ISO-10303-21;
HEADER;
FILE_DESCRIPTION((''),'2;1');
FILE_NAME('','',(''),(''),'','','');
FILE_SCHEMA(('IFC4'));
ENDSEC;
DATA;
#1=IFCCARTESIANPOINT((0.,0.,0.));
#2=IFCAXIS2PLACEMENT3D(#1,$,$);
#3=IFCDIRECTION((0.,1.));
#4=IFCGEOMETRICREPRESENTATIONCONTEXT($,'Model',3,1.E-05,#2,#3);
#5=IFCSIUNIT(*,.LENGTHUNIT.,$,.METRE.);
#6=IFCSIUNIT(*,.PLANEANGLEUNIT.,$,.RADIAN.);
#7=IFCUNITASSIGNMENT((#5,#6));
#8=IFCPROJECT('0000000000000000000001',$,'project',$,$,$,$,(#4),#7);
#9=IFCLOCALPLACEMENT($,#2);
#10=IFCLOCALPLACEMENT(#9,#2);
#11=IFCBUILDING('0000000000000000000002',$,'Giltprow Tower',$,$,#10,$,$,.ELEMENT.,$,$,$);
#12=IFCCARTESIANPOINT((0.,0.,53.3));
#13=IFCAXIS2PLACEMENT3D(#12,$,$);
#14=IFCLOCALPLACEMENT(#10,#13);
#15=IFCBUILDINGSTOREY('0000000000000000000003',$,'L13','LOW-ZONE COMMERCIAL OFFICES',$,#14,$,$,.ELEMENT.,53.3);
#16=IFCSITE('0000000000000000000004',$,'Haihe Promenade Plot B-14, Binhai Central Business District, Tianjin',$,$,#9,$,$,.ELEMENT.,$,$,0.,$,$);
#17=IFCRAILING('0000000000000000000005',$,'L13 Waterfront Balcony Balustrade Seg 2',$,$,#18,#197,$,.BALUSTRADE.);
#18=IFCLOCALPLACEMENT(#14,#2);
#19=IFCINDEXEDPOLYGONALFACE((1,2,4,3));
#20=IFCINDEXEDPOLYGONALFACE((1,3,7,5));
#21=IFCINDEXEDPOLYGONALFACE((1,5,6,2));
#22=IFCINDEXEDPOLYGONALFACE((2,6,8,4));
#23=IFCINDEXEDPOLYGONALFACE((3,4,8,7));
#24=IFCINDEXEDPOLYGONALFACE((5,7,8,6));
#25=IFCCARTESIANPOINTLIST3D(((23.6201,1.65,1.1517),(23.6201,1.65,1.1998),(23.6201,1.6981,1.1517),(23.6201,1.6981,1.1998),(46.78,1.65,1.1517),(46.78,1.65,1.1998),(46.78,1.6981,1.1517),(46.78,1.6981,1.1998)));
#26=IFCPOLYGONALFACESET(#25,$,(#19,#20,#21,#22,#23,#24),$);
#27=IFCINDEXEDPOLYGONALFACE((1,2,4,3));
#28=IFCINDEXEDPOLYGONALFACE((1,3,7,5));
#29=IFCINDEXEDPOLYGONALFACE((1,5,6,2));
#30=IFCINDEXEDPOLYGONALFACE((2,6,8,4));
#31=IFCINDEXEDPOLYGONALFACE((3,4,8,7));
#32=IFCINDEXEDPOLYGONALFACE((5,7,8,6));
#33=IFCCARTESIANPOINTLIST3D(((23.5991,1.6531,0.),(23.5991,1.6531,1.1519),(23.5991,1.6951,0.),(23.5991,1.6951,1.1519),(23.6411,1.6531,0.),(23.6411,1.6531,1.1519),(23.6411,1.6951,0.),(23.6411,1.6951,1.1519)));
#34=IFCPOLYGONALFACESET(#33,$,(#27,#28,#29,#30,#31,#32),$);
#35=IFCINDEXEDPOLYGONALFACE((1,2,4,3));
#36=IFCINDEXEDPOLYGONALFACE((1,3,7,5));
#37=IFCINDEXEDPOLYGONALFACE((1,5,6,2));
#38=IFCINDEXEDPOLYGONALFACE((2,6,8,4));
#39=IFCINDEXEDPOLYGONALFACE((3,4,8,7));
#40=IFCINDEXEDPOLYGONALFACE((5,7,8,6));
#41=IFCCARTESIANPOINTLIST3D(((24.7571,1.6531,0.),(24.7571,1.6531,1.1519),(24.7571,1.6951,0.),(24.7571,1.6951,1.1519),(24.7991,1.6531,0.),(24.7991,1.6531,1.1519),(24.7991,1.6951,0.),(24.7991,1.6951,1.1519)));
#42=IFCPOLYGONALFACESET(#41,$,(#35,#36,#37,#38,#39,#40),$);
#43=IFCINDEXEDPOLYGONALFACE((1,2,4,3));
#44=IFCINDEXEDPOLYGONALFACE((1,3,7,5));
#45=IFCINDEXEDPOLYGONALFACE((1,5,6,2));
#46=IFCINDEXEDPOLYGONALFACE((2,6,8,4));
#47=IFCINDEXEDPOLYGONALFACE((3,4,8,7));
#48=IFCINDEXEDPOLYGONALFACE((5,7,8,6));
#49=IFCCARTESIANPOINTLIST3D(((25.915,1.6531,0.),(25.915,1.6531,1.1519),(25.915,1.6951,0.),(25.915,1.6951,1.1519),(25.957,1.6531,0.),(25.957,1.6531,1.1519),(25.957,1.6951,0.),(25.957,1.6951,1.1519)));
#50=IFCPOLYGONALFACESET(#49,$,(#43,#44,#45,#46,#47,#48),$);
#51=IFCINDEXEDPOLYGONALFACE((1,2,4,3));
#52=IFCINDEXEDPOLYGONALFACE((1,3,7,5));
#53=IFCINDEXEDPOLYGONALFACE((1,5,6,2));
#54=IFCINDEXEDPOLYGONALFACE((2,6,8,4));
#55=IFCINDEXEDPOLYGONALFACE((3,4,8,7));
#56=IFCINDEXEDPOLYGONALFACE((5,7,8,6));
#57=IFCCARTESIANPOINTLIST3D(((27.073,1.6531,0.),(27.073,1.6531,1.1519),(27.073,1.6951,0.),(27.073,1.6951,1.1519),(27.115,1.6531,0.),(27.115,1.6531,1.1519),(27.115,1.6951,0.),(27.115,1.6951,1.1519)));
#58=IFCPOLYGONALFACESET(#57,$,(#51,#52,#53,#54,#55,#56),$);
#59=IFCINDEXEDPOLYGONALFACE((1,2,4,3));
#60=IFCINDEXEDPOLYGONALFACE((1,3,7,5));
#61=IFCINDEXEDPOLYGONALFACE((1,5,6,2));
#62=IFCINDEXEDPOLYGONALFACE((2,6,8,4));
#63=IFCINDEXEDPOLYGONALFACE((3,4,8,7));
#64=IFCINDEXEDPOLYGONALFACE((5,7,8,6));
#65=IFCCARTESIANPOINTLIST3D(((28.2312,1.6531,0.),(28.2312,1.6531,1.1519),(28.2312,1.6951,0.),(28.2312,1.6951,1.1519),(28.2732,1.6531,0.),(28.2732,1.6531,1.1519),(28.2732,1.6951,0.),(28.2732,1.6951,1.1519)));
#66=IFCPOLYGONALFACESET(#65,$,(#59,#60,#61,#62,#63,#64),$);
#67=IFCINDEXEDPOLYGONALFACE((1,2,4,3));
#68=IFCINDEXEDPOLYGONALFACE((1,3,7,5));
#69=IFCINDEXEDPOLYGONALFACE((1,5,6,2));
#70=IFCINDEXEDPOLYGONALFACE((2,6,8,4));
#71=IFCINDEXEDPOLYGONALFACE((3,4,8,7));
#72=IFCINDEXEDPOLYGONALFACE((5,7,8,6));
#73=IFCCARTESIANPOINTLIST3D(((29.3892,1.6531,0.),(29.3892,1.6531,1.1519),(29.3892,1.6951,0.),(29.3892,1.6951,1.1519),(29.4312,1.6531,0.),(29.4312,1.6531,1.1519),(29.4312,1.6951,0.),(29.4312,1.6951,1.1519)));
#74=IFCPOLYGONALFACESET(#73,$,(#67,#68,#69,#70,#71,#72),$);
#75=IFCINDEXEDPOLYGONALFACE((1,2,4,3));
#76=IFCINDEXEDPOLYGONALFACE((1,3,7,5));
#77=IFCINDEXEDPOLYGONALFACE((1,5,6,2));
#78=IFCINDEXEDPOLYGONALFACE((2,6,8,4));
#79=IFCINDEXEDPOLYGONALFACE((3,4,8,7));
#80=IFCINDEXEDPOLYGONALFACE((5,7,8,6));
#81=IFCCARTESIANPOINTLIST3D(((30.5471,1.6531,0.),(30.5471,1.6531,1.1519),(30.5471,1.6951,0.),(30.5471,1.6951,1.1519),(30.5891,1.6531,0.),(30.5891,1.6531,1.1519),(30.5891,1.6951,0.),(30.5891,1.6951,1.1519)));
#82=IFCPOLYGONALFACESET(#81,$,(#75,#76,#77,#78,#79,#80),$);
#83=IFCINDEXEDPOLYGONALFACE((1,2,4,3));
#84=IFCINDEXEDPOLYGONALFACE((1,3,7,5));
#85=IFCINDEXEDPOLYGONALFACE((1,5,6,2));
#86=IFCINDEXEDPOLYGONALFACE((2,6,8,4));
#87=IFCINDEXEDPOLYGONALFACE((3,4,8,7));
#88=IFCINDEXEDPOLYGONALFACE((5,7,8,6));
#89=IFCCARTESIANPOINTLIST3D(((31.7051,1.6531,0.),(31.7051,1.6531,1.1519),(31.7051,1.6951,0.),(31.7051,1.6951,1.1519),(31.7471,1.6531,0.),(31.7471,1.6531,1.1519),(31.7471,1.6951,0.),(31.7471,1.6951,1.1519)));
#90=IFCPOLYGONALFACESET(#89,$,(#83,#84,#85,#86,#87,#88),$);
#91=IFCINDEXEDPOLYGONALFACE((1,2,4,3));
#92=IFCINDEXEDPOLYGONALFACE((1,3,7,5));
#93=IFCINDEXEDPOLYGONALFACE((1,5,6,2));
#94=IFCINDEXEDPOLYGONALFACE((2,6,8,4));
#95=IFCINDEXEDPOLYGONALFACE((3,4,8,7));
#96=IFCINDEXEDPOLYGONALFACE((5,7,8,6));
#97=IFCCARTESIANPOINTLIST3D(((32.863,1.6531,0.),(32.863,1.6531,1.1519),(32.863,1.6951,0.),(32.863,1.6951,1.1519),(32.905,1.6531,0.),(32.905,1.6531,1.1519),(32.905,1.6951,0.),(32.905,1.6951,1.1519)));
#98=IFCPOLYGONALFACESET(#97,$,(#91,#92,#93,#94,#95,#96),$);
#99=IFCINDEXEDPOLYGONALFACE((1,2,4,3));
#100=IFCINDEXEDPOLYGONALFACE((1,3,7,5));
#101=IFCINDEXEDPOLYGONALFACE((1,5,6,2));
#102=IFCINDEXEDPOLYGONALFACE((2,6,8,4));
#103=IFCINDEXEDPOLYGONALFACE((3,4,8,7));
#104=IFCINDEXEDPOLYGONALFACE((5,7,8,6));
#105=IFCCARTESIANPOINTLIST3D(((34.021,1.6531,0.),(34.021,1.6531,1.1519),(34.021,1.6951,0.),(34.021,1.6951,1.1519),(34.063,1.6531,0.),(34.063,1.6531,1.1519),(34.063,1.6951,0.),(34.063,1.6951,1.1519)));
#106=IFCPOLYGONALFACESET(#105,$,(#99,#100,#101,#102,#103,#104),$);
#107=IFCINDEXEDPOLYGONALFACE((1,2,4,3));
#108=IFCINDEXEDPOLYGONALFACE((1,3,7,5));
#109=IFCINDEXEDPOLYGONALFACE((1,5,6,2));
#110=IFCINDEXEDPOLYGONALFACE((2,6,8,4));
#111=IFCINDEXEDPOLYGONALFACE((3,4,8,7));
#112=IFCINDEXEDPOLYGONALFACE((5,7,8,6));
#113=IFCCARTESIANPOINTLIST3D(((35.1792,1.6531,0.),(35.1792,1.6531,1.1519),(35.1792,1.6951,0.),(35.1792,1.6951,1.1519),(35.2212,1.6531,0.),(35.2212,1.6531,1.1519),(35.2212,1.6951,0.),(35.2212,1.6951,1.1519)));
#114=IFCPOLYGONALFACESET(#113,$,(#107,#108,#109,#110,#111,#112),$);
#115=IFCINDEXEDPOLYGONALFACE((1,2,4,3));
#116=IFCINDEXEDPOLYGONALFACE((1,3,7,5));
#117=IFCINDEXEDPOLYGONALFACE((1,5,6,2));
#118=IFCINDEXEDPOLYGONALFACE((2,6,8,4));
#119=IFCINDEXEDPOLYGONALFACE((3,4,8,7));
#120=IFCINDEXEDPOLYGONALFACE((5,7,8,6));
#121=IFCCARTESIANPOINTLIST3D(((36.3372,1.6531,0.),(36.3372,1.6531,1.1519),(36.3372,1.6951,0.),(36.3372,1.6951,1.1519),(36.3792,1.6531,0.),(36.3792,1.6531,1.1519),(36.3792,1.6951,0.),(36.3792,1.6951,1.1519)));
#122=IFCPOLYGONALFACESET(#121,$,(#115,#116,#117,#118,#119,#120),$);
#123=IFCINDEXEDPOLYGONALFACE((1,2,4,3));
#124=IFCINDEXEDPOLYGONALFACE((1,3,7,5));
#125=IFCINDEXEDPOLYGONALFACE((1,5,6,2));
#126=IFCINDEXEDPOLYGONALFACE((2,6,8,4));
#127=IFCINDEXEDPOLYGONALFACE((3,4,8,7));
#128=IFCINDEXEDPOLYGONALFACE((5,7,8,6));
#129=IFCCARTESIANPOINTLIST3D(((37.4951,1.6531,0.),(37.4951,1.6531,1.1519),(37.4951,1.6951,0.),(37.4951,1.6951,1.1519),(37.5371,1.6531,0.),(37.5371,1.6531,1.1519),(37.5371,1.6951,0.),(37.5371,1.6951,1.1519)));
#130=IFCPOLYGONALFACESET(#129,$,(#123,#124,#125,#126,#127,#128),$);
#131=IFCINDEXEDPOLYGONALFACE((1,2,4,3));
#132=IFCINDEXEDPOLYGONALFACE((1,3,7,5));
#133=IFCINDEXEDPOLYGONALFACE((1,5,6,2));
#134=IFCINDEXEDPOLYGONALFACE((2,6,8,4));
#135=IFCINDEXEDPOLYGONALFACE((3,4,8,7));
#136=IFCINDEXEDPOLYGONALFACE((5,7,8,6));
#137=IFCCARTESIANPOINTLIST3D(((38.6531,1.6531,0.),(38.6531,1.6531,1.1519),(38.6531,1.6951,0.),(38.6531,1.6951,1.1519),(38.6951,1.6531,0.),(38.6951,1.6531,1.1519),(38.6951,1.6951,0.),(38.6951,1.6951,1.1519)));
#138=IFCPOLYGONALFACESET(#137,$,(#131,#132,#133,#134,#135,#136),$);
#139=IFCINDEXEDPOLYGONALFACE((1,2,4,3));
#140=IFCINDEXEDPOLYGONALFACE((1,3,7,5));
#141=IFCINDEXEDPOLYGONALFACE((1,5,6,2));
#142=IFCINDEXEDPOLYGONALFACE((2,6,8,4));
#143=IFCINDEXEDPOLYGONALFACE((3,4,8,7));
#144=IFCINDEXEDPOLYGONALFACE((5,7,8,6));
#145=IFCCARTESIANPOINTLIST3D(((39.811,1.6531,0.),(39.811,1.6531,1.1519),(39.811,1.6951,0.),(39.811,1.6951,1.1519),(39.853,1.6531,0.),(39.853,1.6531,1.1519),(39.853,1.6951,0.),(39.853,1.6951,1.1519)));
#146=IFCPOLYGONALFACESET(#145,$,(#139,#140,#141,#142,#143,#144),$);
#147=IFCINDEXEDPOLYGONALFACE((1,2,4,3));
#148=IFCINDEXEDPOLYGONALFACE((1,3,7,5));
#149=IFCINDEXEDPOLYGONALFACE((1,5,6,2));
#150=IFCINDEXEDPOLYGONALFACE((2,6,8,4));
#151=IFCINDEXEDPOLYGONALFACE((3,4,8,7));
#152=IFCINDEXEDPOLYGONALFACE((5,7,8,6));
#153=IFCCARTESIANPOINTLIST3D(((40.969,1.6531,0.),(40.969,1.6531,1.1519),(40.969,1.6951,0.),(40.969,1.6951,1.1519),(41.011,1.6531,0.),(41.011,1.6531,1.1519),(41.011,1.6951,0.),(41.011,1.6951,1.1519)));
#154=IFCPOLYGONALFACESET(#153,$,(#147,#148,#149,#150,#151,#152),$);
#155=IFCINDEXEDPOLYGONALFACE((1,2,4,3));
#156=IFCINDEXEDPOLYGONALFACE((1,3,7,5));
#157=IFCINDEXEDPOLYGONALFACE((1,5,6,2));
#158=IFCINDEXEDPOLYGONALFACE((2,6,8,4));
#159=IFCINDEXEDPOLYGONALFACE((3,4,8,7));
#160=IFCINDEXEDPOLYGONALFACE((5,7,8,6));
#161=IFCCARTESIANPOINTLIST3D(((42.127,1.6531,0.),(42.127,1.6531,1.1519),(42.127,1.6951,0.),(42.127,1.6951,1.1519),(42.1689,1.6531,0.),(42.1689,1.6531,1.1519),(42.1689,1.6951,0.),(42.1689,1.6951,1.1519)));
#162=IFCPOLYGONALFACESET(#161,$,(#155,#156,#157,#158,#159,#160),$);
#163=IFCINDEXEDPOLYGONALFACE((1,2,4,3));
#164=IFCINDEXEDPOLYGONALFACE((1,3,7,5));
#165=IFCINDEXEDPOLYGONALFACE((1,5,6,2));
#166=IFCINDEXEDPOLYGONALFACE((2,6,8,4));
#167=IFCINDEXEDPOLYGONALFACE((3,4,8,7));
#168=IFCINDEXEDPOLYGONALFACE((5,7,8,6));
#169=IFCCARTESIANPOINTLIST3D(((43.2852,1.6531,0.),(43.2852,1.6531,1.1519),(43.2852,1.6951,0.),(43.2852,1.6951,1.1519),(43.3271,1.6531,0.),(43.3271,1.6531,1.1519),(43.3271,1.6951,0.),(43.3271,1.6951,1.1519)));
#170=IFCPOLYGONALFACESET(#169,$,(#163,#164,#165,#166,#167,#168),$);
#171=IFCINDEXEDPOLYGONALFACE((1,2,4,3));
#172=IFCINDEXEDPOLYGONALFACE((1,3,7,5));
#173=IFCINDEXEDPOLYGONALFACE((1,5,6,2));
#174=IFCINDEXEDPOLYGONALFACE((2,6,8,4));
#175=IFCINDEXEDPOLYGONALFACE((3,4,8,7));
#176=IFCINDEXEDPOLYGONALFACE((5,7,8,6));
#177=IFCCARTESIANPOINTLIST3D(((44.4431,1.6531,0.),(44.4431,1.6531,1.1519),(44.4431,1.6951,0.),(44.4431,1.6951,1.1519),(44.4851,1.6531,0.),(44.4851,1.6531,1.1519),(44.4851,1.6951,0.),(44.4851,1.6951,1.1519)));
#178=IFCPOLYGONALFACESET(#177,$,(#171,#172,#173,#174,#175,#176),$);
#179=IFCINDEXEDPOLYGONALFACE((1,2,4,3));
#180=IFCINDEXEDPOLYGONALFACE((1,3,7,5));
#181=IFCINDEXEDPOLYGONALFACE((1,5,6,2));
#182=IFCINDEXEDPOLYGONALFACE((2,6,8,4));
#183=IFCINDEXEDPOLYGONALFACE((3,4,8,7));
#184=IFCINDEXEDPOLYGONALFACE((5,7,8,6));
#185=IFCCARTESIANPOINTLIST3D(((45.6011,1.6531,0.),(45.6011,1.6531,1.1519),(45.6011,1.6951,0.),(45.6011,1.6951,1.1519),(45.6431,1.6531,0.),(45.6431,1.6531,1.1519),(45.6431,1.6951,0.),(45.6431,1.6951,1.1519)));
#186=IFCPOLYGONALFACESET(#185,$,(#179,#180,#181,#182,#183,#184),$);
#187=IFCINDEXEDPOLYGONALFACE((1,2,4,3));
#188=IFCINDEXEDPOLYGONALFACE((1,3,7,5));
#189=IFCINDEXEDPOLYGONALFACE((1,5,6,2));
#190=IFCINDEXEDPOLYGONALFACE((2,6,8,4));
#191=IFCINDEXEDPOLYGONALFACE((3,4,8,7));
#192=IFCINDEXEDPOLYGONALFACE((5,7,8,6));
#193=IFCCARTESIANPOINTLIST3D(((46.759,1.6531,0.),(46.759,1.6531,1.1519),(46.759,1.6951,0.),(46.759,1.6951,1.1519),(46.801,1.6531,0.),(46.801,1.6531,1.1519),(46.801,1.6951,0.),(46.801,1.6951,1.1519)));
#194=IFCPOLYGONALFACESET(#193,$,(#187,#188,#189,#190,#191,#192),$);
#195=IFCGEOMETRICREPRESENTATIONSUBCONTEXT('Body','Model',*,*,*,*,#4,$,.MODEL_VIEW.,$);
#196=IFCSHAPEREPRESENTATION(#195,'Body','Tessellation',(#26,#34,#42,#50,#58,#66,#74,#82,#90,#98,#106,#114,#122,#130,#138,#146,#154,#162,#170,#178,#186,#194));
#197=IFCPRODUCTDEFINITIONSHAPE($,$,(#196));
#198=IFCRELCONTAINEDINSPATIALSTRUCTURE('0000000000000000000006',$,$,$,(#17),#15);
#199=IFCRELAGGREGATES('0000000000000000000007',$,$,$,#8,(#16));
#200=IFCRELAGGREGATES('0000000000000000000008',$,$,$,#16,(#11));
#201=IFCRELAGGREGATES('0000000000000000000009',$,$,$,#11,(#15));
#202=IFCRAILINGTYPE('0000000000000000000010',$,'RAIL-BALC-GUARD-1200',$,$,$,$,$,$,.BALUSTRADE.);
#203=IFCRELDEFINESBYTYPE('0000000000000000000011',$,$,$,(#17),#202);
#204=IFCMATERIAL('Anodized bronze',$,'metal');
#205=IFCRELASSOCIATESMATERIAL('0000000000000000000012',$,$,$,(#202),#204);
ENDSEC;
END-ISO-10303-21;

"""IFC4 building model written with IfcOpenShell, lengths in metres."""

from ifc_helpers import new_model, si_unit, direction, frame, origin, origin_2d, place, context, subcontext, project, spatial, rectangle, extrude, material, type_object, element, save


model = new_model("IFC4")

# Units and contexts
model_context = context("Model", 3, precision=1e-05, world=origin(), true_north=direction((0.0, 1.0)))
body_context = subcontext(model_context, "Body", "Model", "MODEL_VIEW")
ifc_project = project(units=[si_unit("LENGTHUNIT", "METRE"), si_unit("PLANEANGLEUNIT", "RADIAN")], contexts=[model_context])

# Site, building, storey
site_placement = place(None, origin())
site = spatial("IfcSite", under=ifc_project, at=site_placement, Name="Haihe Promenade Plot B-14, Binhai Central Business District, Tianjin", CompositionType="ELEMENT", RefElevation=0.0)
building_placement = place(site_placement, origin())
building = spatial("IfcBuilding", under=site, at=building_placement, Name="Giltprow Tower", CompositionType="ELEMENT")
storey_placement = place(building_placement, frame((0.0, 0.0, 53.3)))
storey = spatial("IfcBuildingStorey", under=building, at=storey_placement, Name="L13", Description="LOW-ZONE COMMERCIAL OFFICES", CompositionType="ELEMENT", Elevation=53.3)

# Shared definitions
ifc_material_1 = material(Name="Anodized bronze", Category="metal")

# Railing
railing_type = type_object("IfcRailingType", Name="RAIL-BALC-GUARD-1200", PredefinedType="BALUSTRADE", material=ifc_material_1)
railing_1_placement = place(storey_placement, frame((23.6201, 1.6741, 0.0)))
element("IfcRailing", 1, at=railing_1_placement, inside=storey, type_object=railing_type, Name="L13 Waterfront Balcony Balustrade Seg 2", PredefinedType="BALUSTRADE", context=body_context, shape_type="SweptSolid", body=[
    extrude(rectangle(XDim=0.0481, YDim=0.0481, at=origin_2d()), frame((0.0, 0.0, 1.1758), z_axis=(1.0, 0.0, 0.0), x_axis=(0.0, 1.0, 0.0)), (0.0, 0.0, 1.0), 23.1599),
    extrude(rectangle(XDim=0.042, YDim=0.042, at=origin_2d()), origin(), (0.0, 0.0, 1.0), 1.1519),
    extrude(rectangle(XDim=0.042, YDim=0.042, at=origin_2d()), frame((1.158, 0.0, 0.0)), (0.0, 0.0, 1.0), 1.1519),
    extrude(rectangle(XDim=0.042, YDim=0.042, at=origin_2d()), frame((2.3159, 0.0, 0.0)), (0.0, 0.0, 1.0), 1.1519),
    extrude(rectangle(XDim=0.042, YDim=0.042, at=origin_2d()), frame((3.4739, 0.0, 0.0)), (0.0, 0.0, 1.0), 1.1519),
    extrude(rectangle(XDim=0.042, YDim=0.042, at=origin_2d()), frame((4.6321, 0.0, 0.0)), (0.0, 0.0, 1.0), 1.1519),
    extrude(rectangle(XDim=0.042, YDim=0.042, at=origin_2d()), frame((5.79, 0.0, 0.0)), (0.0, 0.0, 1.0), 1.1519),
    extrude(rectangle(XDim=0.042, YDim=0.042, at=origin_2d()), frame((6.948, 0.0, 0.0)), (0.0, 0.0, 1.0), 1.1519),
    extrude(rectangle(XDim=0.042, YDim=0.042, at=origin_2d()), frame((8.106, 0.0, 0.0)), (0.0, 0.0, 1.0), 1.1519),
    extrude(rectangle(XDim=0.042, YDim=0.042, at=origin_2d()), frame((9.2639, 0.0, 0.0)), (0.0, 0.0, 1.0), 1.1519),
    extrude(rectangle(XDim=0.042, YDim=0.042, at=origin_2d()), frame((10.4219, 0.0, 0.0)), (0.0, 0.0, 1.0), 1.1519),
    extrude(rectangle(XDim=0.042, YDim=0.042, at=origin_2d()), frame((11.5801, 0.0, 0.0)), (0.0, 0.0, 1.0), 1.1519),
    extrude(rectangle(XDim=0.042, YDim=0.042, at=origin_2d()), frame((12.738, 0.0, 0.0)), (0.0, 0.0, 1.0), 1.1519),
    extrude(rectangle(XDim=0.042, YDim=0.042, at=origin_2d()), frame((13.896, 0.0, 0.0)), (0.0, 0.0, 1.0), 1.1519),
    extrude(rectangle(XDim=0.042, YDim=0.042, at=origin_2d()), frame((15.054, 0.0, 0.0)), (0.0, 0.0, 1.0), 1.1519),
    extrude(rectangle(XDim=0.042, YDim=0.042, at=origin_2d()), frame((16.2119, 0.0, 0.0)), (0.0, 0.0, 1.0), 1.1519),
    extrude(rectangle(XDim=0.042, YDim=0.042, at=origin_2d()), frame((17.3699, 0.0, 0.0)), (0.0, 0.0, 1.0), 1.1519),
    extrude(rectangle(XDim=0.042, YDim=0.042, at=origin_2d()), frame((18.5278, 0.0, 0.0)), (0.0, 0.0, 1.0), 1.1519),
    extrude(rectangle(XDim=0.042, YDim=0.042, at=origin_2d()), frame((19.686, 0.0, 0.0)), (0.0, 0.0, 1.0), 1.1519),
    extrude(rectangle(XDim=0.042, YDim=0.042, at=origin_2d()), frame((20.844, 0.0, 0.0)), (0.0, 0.0, 1.0), 1.1519),
    extrude(rectangle(XDim=0.042, YDim=0.042, at=origin_2d()), frame((22.002, 0.0, 0.0)), (0.0, 0.0, 1.0), 1.1519),
    extrude(rectangle(XDim=0.042, YDim=0.042, at=origin_2d()), frame((23.1599, 0.0, 0.0)), (0.0, 0.0, 1.0), 1.1519),
])

save(model, "model.ifc")
